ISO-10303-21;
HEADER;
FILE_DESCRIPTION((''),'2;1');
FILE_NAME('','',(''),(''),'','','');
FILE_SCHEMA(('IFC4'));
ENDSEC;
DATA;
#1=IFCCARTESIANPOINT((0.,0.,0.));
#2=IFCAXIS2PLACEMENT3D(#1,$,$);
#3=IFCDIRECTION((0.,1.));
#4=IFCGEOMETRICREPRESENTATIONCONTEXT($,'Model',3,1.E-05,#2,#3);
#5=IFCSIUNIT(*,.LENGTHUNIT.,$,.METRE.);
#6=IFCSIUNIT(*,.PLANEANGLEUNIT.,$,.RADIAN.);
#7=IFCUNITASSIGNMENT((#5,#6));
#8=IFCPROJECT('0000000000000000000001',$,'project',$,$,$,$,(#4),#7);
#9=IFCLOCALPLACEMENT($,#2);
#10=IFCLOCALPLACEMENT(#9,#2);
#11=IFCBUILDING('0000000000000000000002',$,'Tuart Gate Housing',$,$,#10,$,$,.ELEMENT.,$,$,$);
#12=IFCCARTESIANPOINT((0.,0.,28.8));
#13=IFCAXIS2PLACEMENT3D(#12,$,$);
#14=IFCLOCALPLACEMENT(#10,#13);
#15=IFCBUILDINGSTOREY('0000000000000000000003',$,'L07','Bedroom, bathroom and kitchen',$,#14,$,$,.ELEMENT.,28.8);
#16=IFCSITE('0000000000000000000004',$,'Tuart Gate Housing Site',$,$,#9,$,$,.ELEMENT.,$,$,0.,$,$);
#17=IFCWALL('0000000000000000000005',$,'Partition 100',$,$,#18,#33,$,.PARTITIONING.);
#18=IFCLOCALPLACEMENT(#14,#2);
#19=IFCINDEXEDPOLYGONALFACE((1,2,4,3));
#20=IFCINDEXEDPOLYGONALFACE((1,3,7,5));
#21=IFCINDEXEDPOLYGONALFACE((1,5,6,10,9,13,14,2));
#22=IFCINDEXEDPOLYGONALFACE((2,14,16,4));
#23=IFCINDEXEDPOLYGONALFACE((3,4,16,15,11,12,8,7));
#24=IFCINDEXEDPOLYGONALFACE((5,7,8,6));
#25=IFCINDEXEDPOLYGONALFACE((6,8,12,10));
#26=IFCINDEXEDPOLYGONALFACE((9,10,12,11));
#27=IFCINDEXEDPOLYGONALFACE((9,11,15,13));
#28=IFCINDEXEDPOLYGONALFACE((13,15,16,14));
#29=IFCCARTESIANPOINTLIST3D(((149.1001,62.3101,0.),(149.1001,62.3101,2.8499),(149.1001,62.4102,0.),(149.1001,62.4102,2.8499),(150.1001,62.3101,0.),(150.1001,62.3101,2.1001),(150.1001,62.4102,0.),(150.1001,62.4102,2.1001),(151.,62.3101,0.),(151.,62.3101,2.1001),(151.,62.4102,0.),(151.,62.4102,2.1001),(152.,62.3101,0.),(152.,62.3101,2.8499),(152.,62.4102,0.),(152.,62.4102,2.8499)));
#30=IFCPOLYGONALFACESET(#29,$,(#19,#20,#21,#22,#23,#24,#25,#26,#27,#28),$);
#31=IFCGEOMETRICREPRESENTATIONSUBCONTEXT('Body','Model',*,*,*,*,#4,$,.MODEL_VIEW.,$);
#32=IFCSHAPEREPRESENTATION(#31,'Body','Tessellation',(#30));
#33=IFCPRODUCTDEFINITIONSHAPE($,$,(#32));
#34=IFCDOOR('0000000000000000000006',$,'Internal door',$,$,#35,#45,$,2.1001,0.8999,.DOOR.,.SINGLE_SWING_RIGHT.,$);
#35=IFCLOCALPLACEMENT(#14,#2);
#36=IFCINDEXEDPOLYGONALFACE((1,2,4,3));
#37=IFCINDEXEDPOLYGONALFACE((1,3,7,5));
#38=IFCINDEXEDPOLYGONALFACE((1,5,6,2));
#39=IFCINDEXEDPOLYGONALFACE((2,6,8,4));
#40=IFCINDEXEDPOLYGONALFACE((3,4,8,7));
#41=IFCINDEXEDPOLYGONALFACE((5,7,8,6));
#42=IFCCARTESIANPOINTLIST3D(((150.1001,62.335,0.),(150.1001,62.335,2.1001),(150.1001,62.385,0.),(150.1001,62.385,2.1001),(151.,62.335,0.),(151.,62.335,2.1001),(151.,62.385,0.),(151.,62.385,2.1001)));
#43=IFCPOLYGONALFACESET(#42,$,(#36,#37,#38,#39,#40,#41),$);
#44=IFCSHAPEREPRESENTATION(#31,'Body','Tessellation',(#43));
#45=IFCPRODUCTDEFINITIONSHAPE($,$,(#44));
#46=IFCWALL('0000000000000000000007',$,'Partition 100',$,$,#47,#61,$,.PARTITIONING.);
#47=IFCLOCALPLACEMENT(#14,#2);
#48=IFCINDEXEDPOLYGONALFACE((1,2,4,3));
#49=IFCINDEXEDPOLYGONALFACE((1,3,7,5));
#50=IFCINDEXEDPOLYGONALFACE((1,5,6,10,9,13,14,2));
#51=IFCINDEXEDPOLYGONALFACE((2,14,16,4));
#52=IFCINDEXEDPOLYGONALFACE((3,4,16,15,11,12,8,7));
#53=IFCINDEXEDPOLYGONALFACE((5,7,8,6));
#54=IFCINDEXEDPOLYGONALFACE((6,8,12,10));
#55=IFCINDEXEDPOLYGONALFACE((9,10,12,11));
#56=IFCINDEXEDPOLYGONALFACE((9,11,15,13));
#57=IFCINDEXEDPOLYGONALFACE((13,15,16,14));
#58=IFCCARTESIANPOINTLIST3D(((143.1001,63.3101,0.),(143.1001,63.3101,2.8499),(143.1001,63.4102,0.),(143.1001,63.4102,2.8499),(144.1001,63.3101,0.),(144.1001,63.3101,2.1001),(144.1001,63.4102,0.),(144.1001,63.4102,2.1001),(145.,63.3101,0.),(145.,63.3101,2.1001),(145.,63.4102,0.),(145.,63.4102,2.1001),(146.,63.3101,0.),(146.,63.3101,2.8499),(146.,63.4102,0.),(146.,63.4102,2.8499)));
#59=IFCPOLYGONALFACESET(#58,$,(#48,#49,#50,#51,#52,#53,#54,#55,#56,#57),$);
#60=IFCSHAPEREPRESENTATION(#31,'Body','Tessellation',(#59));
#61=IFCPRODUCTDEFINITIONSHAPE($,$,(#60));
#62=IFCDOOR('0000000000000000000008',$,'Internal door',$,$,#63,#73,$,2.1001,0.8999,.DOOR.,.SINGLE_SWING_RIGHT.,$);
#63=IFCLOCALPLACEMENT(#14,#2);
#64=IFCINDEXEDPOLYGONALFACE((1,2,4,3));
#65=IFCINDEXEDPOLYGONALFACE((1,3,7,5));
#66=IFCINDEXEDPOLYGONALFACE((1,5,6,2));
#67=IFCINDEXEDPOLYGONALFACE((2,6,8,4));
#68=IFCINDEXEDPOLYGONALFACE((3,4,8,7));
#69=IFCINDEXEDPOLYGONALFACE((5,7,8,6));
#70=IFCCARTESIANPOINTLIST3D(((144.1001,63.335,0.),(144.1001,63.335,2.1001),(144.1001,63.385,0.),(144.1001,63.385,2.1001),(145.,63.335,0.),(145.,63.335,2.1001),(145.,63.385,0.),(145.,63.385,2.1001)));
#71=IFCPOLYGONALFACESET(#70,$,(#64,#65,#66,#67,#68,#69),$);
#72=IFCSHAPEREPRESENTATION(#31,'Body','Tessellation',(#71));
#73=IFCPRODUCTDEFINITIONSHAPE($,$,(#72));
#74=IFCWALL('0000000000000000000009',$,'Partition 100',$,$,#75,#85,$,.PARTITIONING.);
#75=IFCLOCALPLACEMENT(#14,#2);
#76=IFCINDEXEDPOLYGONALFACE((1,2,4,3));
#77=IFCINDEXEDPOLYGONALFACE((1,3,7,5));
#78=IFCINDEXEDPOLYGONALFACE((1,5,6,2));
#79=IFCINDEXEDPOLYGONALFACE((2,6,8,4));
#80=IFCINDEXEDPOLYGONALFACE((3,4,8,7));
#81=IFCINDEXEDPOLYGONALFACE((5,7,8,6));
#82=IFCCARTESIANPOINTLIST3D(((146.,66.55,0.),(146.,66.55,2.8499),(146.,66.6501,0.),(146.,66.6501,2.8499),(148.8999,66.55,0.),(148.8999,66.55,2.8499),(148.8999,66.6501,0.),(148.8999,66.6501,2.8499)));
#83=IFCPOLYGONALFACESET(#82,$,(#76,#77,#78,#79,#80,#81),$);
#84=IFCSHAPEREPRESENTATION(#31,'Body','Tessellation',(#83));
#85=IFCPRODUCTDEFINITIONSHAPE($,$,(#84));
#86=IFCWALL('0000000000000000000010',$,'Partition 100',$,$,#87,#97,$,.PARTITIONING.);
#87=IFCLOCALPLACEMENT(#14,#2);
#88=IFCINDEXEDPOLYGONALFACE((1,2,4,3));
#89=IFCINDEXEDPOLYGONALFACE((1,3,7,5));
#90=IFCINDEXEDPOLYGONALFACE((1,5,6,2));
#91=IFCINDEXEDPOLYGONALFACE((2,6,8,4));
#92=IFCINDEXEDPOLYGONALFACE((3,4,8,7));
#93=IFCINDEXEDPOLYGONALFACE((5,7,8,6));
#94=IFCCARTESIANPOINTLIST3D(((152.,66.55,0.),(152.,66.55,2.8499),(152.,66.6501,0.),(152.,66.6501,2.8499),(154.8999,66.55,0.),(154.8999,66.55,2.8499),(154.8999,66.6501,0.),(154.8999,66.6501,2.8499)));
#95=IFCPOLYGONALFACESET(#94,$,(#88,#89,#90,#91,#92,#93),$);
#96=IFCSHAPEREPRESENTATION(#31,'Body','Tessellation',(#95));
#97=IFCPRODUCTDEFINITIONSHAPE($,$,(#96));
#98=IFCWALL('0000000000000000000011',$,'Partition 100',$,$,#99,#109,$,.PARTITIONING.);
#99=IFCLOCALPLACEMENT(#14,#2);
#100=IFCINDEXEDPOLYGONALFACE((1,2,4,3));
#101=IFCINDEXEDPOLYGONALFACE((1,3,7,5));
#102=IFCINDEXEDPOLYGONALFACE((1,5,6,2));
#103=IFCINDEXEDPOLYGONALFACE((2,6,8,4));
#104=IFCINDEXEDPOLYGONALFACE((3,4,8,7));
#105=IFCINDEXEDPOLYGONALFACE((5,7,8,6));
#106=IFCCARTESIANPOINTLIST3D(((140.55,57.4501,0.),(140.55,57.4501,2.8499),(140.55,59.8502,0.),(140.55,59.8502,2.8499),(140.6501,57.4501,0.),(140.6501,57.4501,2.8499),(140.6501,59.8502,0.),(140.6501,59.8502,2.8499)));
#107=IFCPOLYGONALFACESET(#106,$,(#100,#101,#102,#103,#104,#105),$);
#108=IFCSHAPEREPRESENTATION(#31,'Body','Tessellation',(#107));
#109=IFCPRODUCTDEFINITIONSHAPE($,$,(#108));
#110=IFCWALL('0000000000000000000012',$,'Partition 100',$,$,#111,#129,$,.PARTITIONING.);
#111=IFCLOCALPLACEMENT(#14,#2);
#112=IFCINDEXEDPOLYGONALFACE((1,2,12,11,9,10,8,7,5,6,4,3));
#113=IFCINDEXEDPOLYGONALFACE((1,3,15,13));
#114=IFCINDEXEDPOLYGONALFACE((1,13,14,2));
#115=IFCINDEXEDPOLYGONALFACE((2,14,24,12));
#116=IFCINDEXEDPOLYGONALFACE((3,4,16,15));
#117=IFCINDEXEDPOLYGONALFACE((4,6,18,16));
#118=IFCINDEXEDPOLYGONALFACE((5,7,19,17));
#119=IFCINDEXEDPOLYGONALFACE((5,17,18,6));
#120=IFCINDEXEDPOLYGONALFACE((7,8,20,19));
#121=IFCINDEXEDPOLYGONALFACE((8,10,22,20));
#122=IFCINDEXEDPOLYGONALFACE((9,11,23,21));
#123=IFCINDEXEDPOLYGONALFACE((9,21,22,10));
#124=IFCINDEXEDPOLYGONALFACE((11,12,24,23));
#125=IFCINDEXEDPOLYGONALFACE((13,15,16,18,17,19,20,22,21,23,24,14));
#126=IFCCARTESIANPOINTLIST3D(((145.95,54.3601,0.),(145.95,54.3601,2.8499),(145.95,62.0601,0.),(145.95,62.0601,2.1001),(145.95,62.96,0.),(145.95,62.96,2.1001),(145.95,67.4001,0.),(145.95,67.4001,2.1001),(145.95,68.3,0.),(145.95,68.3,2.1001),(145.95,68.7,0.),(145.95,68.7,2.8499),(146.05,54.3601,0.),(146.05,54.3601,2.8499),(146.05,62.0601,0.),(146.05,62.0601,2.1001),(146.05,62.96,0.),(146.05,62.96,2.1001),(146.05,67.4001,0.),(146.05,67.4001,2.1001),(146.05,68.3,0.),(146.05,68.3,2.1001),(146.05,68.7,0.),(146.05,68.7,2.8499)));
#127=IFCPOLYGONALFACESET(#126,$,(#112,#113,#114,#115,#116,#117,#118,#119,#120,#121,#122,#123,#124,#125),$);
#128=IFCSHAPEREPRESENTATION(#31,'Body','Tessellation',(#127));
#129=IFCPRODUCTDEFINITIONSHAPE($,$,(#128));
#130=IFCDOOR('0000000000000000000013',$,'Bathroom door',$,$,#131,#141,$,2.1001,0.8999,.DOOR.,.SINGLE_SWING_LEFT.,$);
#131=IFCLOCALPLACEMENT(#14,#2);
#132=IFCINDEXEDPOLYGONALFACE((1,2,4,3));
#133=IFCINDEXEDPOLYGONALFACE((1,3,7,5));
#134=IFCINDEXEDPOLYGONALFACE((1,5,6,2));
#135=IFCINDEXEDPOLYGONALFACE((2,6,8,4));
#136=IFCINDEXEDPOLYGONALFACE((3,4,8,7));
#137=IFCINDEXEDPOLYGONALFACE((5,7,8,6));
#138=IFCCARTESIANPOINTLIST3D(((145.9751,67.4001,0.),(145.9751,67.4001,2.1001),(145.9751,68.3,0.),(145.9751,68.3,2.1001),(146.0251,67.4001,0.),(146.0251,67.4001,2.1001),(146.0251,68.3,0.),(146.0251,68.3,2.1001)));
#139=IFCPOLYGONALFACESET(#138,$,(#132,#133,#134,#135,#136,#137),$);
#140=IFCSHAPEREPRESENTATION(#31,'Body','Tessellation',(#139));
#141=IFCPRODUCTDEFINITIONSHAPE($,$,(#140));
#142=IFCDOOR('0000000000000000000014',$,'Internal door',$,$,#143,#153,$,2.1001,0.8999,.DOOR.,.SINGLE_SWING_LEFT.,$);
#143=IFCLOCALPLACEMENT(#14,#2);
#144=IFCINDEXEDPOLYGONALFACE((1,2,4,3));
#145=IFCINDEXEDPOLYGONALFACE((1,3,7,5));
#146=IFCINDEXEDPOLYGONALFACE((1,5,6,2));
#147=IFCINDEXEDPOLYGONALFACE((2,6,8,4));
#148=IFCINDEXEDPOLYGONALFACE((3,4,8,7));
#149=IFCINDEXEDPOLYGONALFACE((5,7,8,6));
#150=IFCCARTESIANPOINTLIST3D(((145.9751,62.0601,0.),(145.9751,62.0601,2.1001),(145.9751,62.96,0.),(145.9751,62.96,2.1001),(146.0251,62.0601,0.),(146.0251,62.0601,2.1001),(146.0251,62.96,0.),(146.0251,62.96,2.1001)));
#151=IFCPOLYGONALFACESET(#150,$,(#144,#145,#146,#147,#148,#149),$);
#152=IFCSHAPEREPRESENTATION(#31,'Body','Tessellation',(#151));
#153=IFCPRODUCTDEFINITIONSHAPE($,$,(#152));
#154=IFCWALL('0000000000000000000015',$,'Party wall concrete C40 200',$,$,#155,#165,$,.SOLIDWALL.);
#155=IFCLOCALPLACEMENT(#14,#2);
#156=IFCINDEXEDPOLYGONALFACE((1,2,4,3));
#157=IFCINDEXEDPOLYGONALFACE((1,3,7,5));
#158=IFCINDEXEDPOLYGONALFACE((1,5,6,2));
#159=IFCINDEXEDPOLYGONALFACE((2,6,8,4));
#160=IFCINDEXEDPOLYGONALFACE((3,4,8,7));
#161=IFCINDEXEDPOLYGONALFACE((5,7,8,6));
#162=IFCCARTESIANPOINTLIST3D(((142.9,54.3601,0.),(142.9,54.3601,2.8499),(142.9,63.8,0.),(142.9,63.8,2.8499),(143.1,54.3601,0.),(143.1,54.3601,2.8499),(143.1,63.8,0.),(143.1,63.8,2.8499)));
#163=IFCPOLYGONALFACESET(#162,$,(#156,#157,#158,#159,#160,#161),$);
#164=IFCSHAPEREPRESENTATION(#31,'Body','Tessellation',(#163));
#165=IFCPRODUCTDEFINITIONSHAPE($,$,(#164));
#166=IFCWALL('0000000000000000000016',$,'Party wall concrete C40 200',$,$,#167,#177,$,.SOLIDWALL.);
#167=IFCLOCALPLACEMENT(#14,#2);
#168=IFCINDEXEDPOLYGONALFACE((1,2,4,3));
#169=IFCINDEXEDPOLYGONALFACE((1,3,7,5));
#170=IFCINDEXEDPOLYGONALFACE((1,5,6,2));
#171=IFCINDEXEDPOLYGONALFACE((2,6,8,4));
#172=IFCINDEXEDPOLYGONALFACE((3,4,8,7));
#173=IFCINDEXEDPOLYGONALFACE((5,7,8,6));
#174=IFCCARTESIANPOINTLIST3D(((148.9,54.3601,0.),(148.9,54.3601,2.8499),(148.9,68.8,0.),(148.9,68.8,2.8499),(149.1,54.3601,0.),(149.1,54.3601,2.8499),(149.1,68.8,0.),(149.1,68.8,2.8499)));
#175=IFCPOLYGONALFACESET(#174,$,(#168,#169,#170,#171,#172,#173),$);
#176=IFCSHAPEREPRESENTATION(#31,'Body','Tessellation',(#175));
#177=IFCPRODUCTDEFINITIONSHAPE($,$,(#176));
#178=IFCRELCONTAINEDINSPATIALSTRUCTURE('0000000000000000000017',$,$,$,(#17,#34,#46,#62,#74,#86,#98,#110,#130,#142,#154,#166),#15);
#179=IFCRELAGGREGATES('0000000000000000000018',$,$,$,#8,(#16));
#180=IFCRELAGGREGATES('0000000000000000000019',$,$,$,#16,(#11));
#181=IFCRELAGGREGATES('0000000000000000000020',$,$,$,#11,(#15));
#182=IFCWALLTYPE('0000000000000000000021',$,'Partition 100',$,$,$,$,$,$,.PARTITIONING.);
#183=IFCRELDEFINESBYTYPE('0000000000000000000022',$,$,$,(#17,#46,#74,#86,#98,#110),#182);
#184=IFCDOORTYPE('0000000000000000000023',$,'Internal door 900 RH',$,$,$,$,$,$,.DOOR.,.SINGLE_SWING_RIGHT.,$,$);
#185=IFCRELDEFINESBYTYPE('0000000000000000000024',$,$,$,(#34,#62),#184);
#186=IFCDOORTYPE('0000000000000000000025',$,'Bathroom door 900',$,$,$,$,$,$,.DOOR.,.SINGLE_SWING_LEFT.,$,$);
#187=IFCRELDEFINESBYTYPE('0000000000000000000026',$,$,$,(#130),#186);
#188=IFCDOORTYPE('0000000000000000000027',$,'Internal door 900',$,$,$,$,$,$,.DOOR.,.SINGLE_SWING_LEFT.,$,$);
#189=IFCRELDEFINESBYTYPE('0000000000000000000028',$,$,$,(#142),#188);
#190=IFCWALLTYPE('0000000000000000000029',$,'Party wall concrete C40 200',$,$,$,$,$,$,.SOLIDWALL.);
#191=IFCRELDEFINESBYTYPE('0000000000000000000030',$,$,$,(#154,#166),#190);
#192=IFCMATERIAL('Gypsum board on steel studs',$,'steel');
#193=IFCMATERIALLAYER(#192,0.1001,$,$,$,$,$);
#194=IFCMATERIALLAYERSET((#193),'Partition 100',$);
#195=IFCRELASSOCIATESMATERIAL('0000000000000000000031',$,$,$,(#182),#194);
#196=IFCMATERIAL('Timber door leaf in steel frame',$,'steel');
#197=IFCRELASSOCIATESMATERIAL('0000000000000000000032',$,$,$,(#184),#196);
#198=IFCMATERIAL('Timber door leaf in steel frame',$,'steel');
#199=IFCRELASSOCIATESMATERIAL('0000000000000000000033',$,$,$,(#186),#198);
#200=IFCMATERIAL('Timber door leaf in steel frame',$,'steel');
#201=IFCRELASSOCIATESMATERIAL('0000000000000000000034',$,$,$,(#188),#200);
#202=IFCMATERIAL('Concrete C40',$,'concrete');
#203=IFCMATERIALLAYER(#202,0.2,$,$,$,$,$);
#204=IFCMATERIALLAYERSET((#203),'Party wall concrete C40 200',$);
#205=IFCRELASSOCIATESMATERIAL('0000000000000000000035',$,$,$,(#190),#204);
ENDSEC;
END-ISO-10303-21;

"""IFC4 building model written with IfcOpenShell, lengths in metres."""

from ifc_helpers import new_model, si_unit, direction, frame, frame_2d, origin, place, context, subcontext, project, spatial, rectangle, extrude, material, layer, layer_set, type_object, element, fill, save


model = new_model("IFC4")

# Units and contexts
model_context = context("Model", 3, precision=1e-05, world=origin(), true_north=direction((0.0, 1.0)))
body_context = subcontext(model_context, "Body", "Model", "MODEL_VIEW")
ifc_project = project(units=[si_unit("LENGTHUNIT", "METRE"), si_unit("PLANEANGLEUNIT", "RADIAN")], contexts=[model_context])

# Site, building, storey
site_placement = place(None, origin())
site = spatial("IfcSite", under=ifc_project, at=site_placement, Name="Tuart Gate Housing Site", CompositionType="ELEMENT", RefElevation=0.0)
building_placement = place(site_placement, origin())
building = spatial("IfcBuilding", under=site, at=building_placement, Name="Tuart Gate Housing", CompositionType="ELEMENT")
storey_placement = place(building_placement, frame((0.0, 0.0, 28.8)))
storey = spatial("IfcBuildingStorey", under=building, at=storey_placement, Name="L07", Description="Bedroom, bathroom and kitchen", CompositionType="ELEMENT", Elevation=28.8)

# Shared definitions
ifc_material_1 = material(Name="Gypsum board on steel studs", Category="steel")
ifc_layer_1 = layer(ifc_material_1, 0.1001)
ifc_layer_set_1 = layer_set([ifc_layer_1], Name="Partition 100")
wall_type_1 = type_object("IfcWallType", Name="Partition 100", PredefinedType="PARTITIONING", material=ifc_layer_set_1)

# Walls, openings, doors
wall_1_placement = place(storey_placement, frame((149.1001, 62.3601, 0.0), z_axis=(0.0, 0.0, 1.0), x_axis=(1.0, 0.0, 0.0)))
wall_1 = element("IfcWall", 1, at=wall_1_placement, inside=storey, type_object=wall_type_1, Name="Partition 100", PredefinedType="PARTITIONING", context=body_context, shape_type="SweptSolid", body=[
    extrude(rectangle(XDim=2.8999, YDim=0.1001, at=frame_2d((1.45, 0.0))), origin(), (0.0, 0.0, 1.0), 2.8499),
])
opening_1_placement = place(wall_1_placement, frame((1.0, 0.0, 0.0)))
opening_1 = element("IfcOpeningElement", 2, at=opening_1_placement, cuts=wall_1, PredefinedType="OPENING", context=body_context, shape_type="SweptSolid", body=[
    extrude(rectangle(XDim=0.8999, YDim=2.1001, at=frame_2d((0.45, 1.05))), frame((0.0, 0.0601, 0.0), z_axis=(0.0, -1.0, 0.0), x_axis=(1.0, 0.0, 0.0)), (0.0, 0.0, 1.0), 0.1201),
])
ifc_material_2 = material(Name="Timber door leaf in steel frame", Category="steel")
door_type_1 = type_object("IfcDoorType", Name="Internal door 900 RH", OperationType="SINGLE_SWING_RIGHT", PredefinedType="DOOR", material=ifc_material_2)
door_1_placement = place(opening_1_placement, origin())
door_1 = element("IfcDoor", 3, at=door_1_placement, inside=storey, type_object=door_type_1, Name="Internal door", OperationType="SINGLE_SWING_RIGHT", OverallHeight=2.1001, OverallWidth=0.8999, PredefinedType="DOOR", context=body_context, shape_type="SweptSolid", body=[
    extrude(rectangle(XDim=0.8999, YDim=2.1001, at=frame_2d((0.45, 1.05))), frame((0.0, 0.0249, 0.0), z_axis=(0.0, -1.0, 0.0), x_axis=(1.0, 0.0, 0.0)), (0.0, 0.0, 1.0), 0.05),
])
fill(opening_1, door_1)
wall_2_placement = place(storey_placement, frame((143.1001, 63.3601, 0.0), z_axis=(0.0, 0.0, 1.0), x_axis=(1.0, 0.0, 0.0)))
wall_2 = element("IfcWall", 4, at=wall_2_placement, inside=storey, type_object=wall_type_1, Name="Partition 100", PredefinedType="PARTITIONING", context=body_context, shape_type="SweptSolid", body=[
    extrude(rectangle(XDim=2.8999, YDim=0.1001, at=frame_2d((1.45, 0.0))), origin(), (0.0, 0.0, 1.0), 2.8499),
])
opening_2_placement = place(wall_2_placement, frame((1.0, 0.0, 0.0)))
opening_2 = element("IfcOpeningElement", 5, at=opening_2_placement, cuts=wall_2, PredefinedType="OPENING", context=body_context, shape_type="SweptSolid", body=[
    extrude(rectangle(XDim=0.8999, YDim=2.1001, at=frame_2d((0.45, 1.05))), frame((0.0, 0.0601, 0.0), z_axis=(0.0, -1.0, 0.0), x_axis=(1.0, 0.0, 0.0)), (0.0, 0.0, 1.0), 0.1201),
])
door_2_placement = place(opening_2_placement, origin())
door_2 = element("IfcDoor", 6, at=door_2_placement, inside=storey, type_object=door_type_1, Name="Internal door", OperationType="SINGLE_SWING_RIGHT", OverallHeight=2.1001, OverallWidth=0.8999, PredefinedType="DOOR", context=body_context, shape_type="SweptSolid", body=[
    extrude(rectangle(XDim=0.8999, YDim=2.1001, at=frame_2d((0.45, 1.05))), frame((0.0, 0.0249, 0.0), z_axis=(0.0, -1.0, 0.0), x_axis=(1.0, 0.0, 0.0)), (0.0, 0.0, 1.0), 0.05),
])
fill(opening_2, door_2)

# Walls
for number, where, z_axis, x_axis, name in (
    (7, (146.0, 66.6001, 0.0), (0.0, 0.0, 1.0), (1.0, 0.0, 0.0), "Partition 100"),
    (8, (152.0, 66.6001, 0.0), (0.0, 0.0, 1.0), (1.0, 0.0, 0.0), "Partition 100"),
):
    element("IfcWall", number, at=place(storey_placement, frame(where, z_axis=z_axis, x_axis=x_axis)), inside=storey, type_object=wall_type_1, Name=name, PredefinedType="PARTITIONING", context=body_context, shape_type="SweptSolid", body=[
        extrude(rectangle(XDim=2.8999, YDim=0.1001, at=frame_2d((1.45, 0.0))), origin(), (0.0, 0.0, 1.0), 2.8499),
    ])
wall_3_placement = place(storey_placement, frame((140.6001, 57.45, 0.0), z_axis=(0.0, 0.0, 1.0), x_axis=(0.0, 1.0, 0.0)))
element("IfcWall", 9, at=wall_3_placement, inside=storey, type_object=wall_type_1, Name="Partition 100", PredefinedType="PARTITIONING", context=body_context, shape_type="SweptSolid", body=[
    extrude(rectangle(XDim=2.4001, YDim=0.1001, at=frame_2d((1.2002, 0.0))), origin(), (0.0, 0.0, 1.0), 2.8499),
])

# Wall, openings, doors
wall_4_placement = place(storey_placement, frame((146.0, 54.3601, 0.0), z_axis=(0.0, 0.0, 1.0), x_axis=(0.0, 1.0, 0.0)))
wall_4 = element("IfcWall", 10, at=wall_4_placement, inside=storey, type_object=wall_type_1, Name="Partition 100", PredefinedType="PARTITIONING", context=body_context, shape_type="SweptSolid", body=[
    extrude(rectangle(XDim=14.3398, YDim=0.1001, at=frame_2d((7.1699, 0.0))), origin(), (0.0, 0.0, 1.0), 2.8499),
])
opening_3_placement = place(wall_4_placement, frame((7.7, 0.0, 0.0)))
opening_3 = element("IfcOpeningElement", 11, at=opening_3_placement, cuts=wall_4, PredefinedType="OPENING", context=body_context, shape_type="SweptSolid", body=[
    extrude(rectangle(XDim=0.8999, YDim=2.1001, at=frame_2d((0.45, 1.05))), frame((0.0, 0.0601, 0.0), z_axis=(0.0, -1.0, 0.0), x_axis=(1.0, 0.0, 0.0)), (0.0, 0.0, 1.0), 0.1201),
])
opening_4_placement = place(wall_4_placement, frame((13.04, 0.0, 0.0)))
opening_4 = element("IfcOpeningElement", 12, at=opening_4_placement, cuts=wall_4, PredefinedType="OPENING", context=body_context, shape_type="SweptSolid", body=[
    extrude(rectangle(XDim=0.8999, YDim=2.1001, at=frame_2d((0.45, 1.05))), frame((0.0, 0.0601, 0.0), z_axis=(0.0, -1.0, 0.0), x_axis=(1.0, 0.0, 0.0)), (0.0, 0.0, 1.0), 0.1201),
])
ifc_material_3 = material(Name="Timber door leaf in steel frame", Category="steel")
door_type_2 = type_object("IfcDoorType", Name="Bathroom door 900", OperationType="SINGLE_SWING_LEFT", PredefinedType="DOOR", material=ifc_material_3)
door_3_placement = place(opening_4_placement, frame((0.8999, 0.0, 0.0), z_axis=(0.0, 0.0, 1.0), x_axis=(-1.0, 0.0, 0.0)))
door_3 = element("IfcDoor", 13, at=door_3_placement, inside=storey, type_object=door_type_2, Name="Bathroom door", OperationType="SINGLE_SWING_LEFT", OverallHeight=2.1001, OverallWidth=0.8999, PredefinedType="DOOR", context=body_context, shape_type="SweptSolid", body=[
    extrude(rectangle(XDim=0.8999, YDim=2.1001, at=frame_2d((0.45, 1.05))), frame((0.0, 0.0251, 0.0), z_axis=(0.0, -1.0, 0.0), x_axis=(1.0, 0.0, 0.0)), (0.0, 0.0, 1.0), 0.05),
])
fill(opening_4, door_3)
ifc_material_4 = material(Name="Timber door leaf in steel frame", Category="steel")
door_type_3 = type_object("IfcDoorType", Name="Internal door 900", OperationType="SINGLE_SWING_LEFT", PredefinedType="DOOR", material=ifc_material_4)
door_4_placement = place(opening_3_placement, frame((0.8999, 0.0, 0.0), z_axis=(0.0, 0.0, 1.0), x_axis=(-1.0, 0.0, 0.0)))
door_4 = element("IfcDoor", 14, at=door_4_placement, inside=storey, type_object=door_type_3, Name="Internal door", OperationType="SINGLE_SWING_LEFT", OverallHeight=2.1001, OverallWidth=0.8999, PredefinedType="DOOR", context=body_context, shape_type="SweptSolid", body=[
    extrude(rectangle(XDim=0.8999, YDim=2.1001, at=frame_2d((0.45, 1.05))), frame((0.0, 0.0251, 0.0), z_axis=(0.0, -1.0, 0.0), x_axis=(1.0, 0.0, 0.0)), (0.0, 0.0, 1.0), 0.05),
])
fill(opening_3, door_4)

# Walls
ifc_material_5 = material(Name="Concrete C40", Category="concrete")
ifc_layer_2 = layer(ifc_material_5, 0.2)
ifc_layer_set_2 = layer_set([ifc_layer_2], Name="Party wall concrete C40 200")
wall_type_2 = type_object("IfcWallType", Name="Party wall concrete C40 200", PredefinedType="SOLIDWALL", material=ifc_layer_set_2)
wall_5_placement = place(storey_placement, frame((143.0, 54.3601, 0.0), z_axis=(0.0, 0.0, 1.0), x_axis=(0.0, 1.0, 0.0)))
element("IfcWall", 15, at=wall_5_placement, inside=storey, type_object=wall_type_2, Name="Party wall concrete C40 200", PredefinedType="SOLIDWALL", context=body_context, shape_type="SweptSolid", body=[
    extrude(rectangle(XDim=9.4399, YDim=0.2, at=frame_2d((4.72, 0.0))), origin(), (0.0, 0.0, 1.0), 2.8499),
])
wall_6_placement = place(storey_placement, frame((149.0, 54.3601, 0.0), z_axis=(0.0, 0.0, 1.0), x_axis=(0.0, 1.0, 0.0)))
element("IfcWall", 16, at=wall_6_placement, inside=storey, type_object=wall_type_2, Name="Party wall concrete C40 200", PredefinedType="SOLIDWALL", context=body_context, shape_type="SweptSolid", body=[
    extrude(rectangle(XDim=14.4399, YDim=0.2, at=frame_2d((7.22, 0.0))), origin(), (0.0, 0.0, 1.0), 2.8499),
])

save(model, "model.ifc")
